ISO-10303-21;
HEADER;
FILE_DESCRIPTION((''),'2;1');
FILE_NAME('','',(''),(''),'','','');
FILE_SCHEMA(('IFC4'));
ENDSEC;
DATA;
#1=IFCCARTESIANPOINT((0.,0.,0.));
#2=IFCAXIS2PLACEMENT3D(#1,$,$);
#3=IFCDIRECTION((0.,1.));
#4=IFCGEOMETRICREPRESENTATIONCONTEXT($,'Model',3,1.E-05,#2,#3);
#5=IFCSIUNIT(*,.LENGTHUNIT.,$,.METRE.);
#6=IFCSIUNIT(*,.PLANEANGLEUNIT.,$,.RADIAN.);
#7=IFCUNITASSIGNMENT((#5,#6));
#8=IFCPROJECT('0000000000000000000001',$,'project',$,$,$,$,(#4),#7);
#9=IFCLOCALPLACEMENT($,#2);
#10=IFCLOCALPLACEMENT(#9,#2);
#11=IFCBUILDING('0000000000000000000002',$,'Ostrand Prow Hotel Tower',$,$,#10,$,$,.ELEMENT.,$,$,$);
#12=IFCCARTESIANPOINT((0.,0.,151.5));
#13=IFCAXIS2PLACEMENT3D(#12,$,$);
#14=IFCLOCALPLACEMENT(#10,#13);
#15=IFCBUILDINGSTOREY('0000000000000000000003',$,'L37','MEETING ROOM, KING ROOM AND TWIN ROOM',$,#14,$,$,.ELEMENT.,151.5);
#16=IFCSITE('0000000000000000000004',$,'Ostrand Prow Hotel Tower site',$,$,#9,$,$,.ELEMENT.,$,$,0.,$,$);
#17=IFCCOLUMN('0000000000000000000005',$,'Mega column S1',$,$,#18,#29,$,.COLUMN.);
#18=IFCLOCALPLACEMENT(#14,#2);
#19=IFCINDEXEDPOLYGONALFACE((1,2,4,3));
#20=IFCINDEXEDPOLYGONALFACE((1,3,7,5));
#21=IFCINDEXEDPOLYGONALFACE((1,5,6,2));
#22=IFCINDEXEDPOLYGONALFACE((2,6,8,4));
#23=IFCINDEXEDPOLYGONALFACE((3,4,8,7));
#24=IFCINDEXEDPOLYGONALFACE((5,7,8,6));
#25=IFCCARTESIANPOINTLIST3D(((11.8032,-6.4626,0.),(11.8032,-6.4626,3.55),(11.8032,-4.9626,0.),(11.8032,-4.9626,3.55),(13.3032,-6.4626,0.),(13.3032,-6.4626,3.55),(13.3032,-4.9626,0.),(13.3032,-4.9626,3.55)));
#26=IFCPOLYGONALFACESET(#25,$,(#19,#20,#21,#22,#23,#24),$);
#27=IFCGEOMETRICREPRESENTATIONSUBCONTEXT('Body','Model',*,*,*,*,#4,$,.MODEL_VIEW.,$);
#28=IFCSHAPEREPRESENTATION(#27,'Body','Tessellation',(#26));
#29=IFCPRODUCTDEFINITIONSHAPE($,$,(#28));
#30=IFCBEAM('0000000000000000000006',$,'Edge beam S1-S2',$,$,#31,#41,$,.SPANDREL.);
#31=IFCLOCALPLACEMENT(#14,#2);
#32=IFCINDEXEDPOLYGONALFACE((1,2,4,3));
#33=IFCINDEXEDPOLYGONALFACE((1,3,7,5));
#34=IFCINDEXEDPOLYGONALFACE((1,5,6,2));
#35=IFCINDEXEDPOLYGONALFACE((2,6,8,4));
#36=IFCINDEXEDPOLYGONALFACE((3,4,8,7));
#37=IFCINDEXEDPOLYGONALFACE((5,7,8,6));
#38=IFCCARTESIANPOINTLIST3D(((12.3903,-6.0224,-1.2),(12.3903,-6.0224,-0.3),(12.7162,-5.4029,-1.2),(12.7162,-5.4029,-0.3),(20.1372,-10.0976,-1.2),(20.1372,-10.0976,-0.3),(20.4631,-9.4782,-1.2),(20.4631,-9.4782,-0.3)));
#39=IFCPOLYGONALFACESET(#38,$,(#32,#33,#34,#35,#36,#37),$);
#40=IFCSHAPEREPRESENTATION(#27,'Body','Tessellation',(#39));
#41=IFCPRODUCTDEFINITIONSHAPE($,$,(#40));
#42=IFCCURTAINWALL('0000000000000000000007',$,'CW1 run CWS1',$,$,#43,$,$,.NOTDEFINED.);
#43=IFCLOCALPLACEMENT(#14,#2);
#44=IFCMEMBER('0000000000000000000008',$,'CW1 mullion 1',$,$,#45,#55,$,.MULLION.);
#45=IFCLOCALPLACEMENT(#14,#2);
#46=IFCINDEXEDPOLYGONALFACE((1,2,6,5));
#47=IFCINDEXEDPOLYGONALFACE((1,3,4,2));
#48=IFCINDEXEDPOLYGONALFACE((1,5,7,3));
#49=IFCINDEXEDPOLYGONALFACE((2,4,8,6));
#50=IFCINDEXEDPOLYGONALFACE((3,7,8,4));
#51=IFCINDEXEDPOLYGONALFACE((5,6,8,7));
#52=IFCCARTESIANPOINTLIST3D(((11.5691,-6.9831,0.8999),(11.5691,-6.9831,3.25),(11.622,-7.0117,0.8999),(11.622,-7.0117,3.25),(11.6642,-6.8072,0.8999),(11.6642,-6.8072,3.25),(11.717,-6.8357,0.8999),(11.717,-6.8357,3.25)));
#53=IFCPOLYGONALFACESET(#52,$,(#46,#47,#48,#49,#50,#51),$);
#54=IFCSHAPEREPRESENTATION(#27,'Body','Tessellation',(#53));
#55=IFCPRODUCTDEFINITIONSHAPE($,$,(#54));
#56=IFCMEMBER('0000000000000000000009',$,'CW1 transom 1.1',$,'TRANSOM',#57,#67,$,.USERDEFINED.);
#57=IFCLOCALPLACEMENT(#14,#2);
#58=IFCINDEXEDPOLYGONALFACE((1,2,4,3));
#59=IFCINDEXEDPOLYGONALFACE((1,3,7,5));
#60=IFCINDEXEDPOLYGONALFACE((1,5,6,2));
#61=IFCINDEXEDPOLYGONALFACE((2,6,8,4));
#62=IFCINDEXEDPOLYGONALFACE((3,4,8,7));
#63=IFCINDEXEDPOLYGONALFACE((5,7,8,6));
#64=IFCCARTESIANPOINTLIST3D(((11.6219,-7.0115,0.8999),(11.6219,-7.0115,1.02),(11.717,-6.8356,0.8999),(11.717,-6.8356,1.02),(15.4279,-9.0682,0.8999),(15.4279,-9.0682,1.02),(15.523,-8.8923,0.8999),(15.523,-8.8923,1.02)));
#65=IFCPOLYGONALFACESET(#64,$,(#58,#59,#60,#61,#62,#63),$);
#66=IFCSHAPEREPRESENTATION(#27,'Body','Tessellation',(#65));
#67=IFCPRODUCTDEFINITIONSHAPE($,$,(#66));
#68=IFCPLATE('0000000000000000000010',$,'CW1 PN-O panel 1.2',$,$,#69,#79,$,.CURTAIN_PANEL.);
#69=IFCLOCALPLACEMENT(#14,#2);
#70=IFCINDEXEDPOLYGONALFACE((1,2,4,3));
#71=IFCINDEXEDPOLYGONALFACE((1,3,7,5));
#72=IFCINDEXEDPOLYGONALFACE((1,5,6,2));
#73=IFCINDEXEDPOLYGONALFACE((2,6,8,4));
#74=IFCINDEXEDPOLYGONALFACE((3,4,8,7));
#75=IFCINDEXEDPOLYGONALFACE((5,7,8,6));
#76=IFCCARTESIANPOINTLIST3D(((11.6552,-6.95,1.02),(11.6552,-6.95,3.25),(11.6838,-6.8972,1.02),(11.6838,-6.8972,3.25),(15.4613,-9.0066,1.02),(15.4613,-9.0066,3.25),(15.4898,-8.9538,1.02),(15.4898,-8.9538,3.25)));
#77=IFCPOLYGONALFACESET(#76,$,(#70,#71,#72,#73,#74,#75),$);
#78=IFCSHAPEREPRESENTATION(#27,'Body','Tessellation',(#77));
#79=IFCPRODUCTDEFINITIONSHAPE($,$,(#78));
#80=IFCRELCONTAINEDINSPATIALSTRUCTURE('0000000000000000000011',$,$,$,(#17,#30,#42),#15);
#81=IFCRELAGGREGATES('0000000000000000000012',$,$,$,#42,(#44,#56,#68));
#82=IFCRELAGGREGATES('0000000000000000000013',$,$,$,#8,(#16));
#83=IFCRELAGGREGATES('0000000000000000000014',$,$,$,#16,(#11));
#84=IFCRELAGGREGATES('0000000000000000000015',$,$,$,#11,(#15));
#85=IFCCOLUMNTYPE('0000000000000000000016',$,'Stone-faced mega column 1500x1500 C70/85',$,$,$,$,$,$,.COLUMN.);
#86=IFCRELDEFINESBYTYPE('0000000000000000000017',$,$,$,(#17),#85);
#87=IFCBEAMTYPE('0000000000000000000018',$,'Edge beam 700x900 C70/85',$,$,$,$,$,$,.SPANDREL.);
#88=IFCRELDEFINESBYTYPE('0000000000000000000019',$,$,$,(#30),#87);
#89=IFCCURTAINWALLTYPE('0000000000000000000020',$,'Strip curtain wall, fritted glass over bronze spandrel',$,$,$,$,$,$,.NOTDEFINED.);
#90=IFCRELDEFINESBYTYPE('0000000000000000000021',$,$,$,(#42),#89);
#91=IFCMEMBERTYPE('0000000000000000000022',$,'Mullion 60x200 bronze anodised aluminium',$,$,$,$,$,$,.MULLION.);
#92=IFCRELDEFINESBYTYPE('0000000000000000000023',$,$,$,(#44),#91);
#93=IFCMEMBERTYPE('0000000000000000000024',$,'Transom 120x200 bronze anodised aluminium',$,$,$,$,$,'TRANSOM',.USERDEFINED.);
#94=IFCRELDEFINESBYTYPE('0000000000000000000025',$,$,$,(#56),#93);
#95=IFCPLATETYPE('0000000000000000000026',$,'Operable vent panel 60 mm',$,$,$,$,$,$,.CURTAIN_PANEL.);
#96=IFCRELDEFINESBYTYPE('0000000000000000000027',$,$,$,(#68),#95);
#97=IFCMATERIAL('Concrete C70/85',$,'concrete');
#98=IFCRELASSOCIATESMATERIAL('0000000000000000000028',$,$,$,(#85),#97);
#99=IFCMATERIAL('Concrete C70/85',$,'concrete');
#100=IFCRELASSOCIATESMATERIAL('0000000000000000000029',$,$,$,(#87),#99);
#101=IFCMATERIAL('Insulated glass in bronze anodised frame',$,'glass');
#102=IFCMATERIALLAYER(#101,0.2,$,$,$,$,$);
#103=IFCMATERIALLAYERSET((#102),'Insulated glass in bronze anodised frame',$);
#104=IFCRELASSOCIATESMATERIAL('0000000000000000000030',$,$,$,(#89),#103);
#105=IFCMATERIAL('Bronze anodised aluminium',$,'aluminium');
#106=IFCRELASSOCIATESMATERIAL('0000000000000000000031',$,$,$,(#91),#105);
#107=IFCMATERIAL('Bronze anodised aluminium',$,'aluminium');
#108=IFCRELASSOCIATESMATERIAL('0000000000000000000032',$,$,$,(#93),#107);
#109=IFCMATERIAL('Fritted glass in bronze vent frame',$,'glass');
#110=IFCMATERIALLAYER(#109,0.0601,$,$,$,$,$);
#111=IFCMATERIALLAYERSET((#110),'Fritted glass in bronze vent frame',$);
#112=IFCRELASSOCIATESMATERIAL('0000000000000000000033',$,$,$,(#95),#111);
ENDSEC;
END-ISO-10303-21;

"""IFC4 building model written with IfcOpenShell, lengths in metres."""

from ifc_helpers import new_model, si_unit, direction, frame, origin, origin_2d, place, context, subcontext, project, spatial, rectangle, extrude, material, layer, layer_set, material_profile, profile_set, type_object, element, aggregate, save


model = new_model("IFC4")

# Units and contexts
model_context = context("Model", 3, precision=1e-05, world=origin(), true_north=direction((0.0, 1.0)))
body_context = subcontext(model_context, "Body", "Model", "MODEL_VIEW")
ifc_project = project(units=[si_unit("LENGTHUNIT", "METRE"), si_unit("PLANEANGLEUNIT", "RADIAN")], contexts=[model_context])

# Site, building, storey
site_placement = place(None, origin())
site = spatial("IfcSite", under=ifc_project, at=site_placement, Name="Ostrand Prow Hotel Tower site", CompositionType="ELEMENT", RefElevation=0.0)
building_placement = place(site_placement, origin())
building = spatial("IfcBuilding", under=site, at=building_placement, Name="Ostrand Prow Hotel Tower", CompositionType="ELEMENT")
storey_placement = place(building_placement, frame((0.0, 0.0, 151.5)))
storey = spatial("IfcBuildingStorey", under=building, at=storey_placement, Name="L37", Description="MEETING ROOM, KING ROOM AND TWIN ROOM", CompositionType="ELEMENT", Elevation=151.5)

# Column
ifc_material_1 = material(Name="Concrete C70/85", Category="concrete")
ifc_material_profile_1 = material_profile(ifc_material_1, rectangle(XDim=1.5, YDim=1.5, at=origin_2d()), Name="RC 1500x1500")
ifc_profile_set_1 = profile_set([ifc_material_profile_1], Name="Concrete C70/85")
column_type = type_object("IfcColumnType", Name="Stone-faced mega column 1500x1500 C70/85", PredefinedType="COLUMN", material=ifc_profile_set_1)
column_placement = place(storey_placement, frame((12.5532, -5.7126, 0.0), z_axis=(0.0, 0.0, 1.0), x_axis=(1.0, 0.0, 0.0)))
element("IfcColumn", 1, at=column_placement, inside=storey, type_object=column_type, Name="Mega column S1", PredefinedType="COLUMN", context=body_context, shape_type="SweptSolid", body=[
    extrude(rectangle(XDim=1.5, YDim=1.5, at=origin_2d()), origin(), (0.0, 0.0, 1.0), 3.55),
])

# Beam
ifc_material_2 = material(Name="Concrete C70/85", Category="concrete")
ifc_material_profile_2 = material_profile(ifc_material_2, rectangle(XDim=0.7, YDim=0.8999, at=origin_2d()), Name="RC 700x900")
ifc_profile_set_2 = profile_set([ifc_material_profile_2], Name="Concrete C70/85")
beam_type = type_object("IfcBeamType", Name="Edge beam 700x900 C70/85", PredefinedType="SPANDREL", material=ifc_profile_set_2)
beam_placement = place(storey_placement, frame((12.5532, -5.7126, -0.75), z_axis=(0.885016, -0.46556, 0.0), x_axis=(0.46556, 0.885016, 0.0)))
element("IfcBeam", 2, at=beam_placement, inside=storey, type_object=beam_type, Name="Edge beam S1-S2", PredefinedType="SPANDREL", context=body_context, shape_type="SweptSolid", body=[
    extrude(rectangle(XDim=0.7, YDim=0.8999, at=origin_2d()), origin(), (0.0, 0.0, 1.0), 8.7534),
])

# Curtain wall, members, plate
ifc_material_3 = material(Name="Insulated glass in bronze anodised frame", Category="glass")
ifc_layer_1 = layer(ifc_material_3, 0.2)
ifc_layer_set_1 = layer_set([ifc_layer_1], Name="Insulated glass in bronze anodised frame")
curtain_wall_type = type_object("IfcCurtainWallType", Name="Strip curtain wall, fritted glass over bronze spandrel", PredefinedType="NOTDEFINED", material=ifc_layer_set_1)
curtain_wall_placement = place(storey_placement, origin())
curtain_wall = element("IfcCurtainWall", 3, at=curtain_wall_placement, inside=storey, type_object=curtain_wall_type, Name="CW1 run CWS1", PredefinedType="NOTDEFINED")
ifc_material_4 = material(Name="Bronze anodised aluminium", Category="aluminium")
ifc_material_profile_3 = material_profile(ifc_material_4, rectangle(XDim=0.2, YDim=0.0601, at=origin_2d()), Name="Mullion 60x200 bronze anodised aluminium")
ifc_profile_set_3 = profile_set([ifc_material_profile_3], Name="Bronze anodised aluminium")
member_type_1 = type_object("IfcMemberType", Name="Mullion 60x200 bronze anodised aluminium", PredefinedType="MULLION", material=ifc_profile_set_3)
member_1_placement = place(storey_placement, frame((11.6431, -6.9094, 0.8999), z_axis=(0.0, 0.0, 1.0), x_axis=(0.475394, 0.879773, 0.0)))
member_1 = element("IfcMember", 4, at=member_1_placement, type_object=member_type_1, Name="CW1 mullion 1", PredefinedType="MULLION", context=body_context, shape_type="SweptSolid", body=[
    extrude(rectangle(XDim=0.2, YDim=0.0601, at=origin_2d()), origin(), (0.0, 0.0, 1.0), 2.3501),
])
ifc_material_5 = material(Name="Bronze anodised aluminium", Category="aluminium")
ifc_material_profile_4 = material_profile(ifc_material_5, rectangle(XDim=0.2, YDim=0.1201, at=origin_2d()), Name="Transom 120x200 bronze anodised aluminium")
ifc_profile_set_4 = profile_set([ifc_material_profile_4], Name="Bronze anodised aluminium")
member_type_2 = type_object("IfcMemberType", Name="Transom 120x200 bronze anodised aluminium", ElementType="TRANSOM", PredefinedType="USERDEFINED", material=ifc_profile_set_4)
member_2_placement = place(storey_placement, frame((11.6694, -6.9236, 0.96), z_axis=(0.879765, -0.475408, 0.0), x_axis=(0.475408, 0.879765, 0.0)))
member_2 = element("IfcMember", 5, at=member_2_placement, type_object=member_type_2, Name="CW1 transom 1.1", ObjectType="TRANSOM", PredefinedType="USERDEFINED", context=body_context, shape_type="SweptSolid", body=[
    extrude(rectangle(XDim=0.2, YDim=0.1201, at=origin_2d()), origin(), (0.0, 0.0, 1.0), 4.3262),
])
ifc_material_6 = material(Name="Fritted glass in bronze vent frame", Category="glass")
ifc_layer_2 = layer(ifc_material_6, 0.0601)
ifc_layer_set_2 = layer_set([ifc_layer_2], Name="Fritted glass in bronze vent frame")
plate_type = type_object("IfcPlateType", Name="Operable vent panel 60 mm", PredefinedType="CURTAIN_PANEL", material=ifc_layer_set_2)
plate_placement = place(storey_placement, frame((13.5725, -7.9519, 1.02), z_axis=(0.0, 0.0, 1.0), x_axis=(0.879773, -0.475394, 0.0)))
plate = element("IfcPlate", 6, at=plate_placement, type_object=plate_type, Name="CW1 PN-O panel 1.2", PredefinedType="CURTAIN_PANEL", context=body_context, shape_type="SweptSolid", body=[
    extrude(rectangle(XDim=4.3262, YDim=0.0601, at=origin_2d()), origin(), (0.0, 0.0, 1.0), 2.23),
])
aggregate(curtain_wall, [member_1, member_2, plate])

save(model, "model.ifc")
